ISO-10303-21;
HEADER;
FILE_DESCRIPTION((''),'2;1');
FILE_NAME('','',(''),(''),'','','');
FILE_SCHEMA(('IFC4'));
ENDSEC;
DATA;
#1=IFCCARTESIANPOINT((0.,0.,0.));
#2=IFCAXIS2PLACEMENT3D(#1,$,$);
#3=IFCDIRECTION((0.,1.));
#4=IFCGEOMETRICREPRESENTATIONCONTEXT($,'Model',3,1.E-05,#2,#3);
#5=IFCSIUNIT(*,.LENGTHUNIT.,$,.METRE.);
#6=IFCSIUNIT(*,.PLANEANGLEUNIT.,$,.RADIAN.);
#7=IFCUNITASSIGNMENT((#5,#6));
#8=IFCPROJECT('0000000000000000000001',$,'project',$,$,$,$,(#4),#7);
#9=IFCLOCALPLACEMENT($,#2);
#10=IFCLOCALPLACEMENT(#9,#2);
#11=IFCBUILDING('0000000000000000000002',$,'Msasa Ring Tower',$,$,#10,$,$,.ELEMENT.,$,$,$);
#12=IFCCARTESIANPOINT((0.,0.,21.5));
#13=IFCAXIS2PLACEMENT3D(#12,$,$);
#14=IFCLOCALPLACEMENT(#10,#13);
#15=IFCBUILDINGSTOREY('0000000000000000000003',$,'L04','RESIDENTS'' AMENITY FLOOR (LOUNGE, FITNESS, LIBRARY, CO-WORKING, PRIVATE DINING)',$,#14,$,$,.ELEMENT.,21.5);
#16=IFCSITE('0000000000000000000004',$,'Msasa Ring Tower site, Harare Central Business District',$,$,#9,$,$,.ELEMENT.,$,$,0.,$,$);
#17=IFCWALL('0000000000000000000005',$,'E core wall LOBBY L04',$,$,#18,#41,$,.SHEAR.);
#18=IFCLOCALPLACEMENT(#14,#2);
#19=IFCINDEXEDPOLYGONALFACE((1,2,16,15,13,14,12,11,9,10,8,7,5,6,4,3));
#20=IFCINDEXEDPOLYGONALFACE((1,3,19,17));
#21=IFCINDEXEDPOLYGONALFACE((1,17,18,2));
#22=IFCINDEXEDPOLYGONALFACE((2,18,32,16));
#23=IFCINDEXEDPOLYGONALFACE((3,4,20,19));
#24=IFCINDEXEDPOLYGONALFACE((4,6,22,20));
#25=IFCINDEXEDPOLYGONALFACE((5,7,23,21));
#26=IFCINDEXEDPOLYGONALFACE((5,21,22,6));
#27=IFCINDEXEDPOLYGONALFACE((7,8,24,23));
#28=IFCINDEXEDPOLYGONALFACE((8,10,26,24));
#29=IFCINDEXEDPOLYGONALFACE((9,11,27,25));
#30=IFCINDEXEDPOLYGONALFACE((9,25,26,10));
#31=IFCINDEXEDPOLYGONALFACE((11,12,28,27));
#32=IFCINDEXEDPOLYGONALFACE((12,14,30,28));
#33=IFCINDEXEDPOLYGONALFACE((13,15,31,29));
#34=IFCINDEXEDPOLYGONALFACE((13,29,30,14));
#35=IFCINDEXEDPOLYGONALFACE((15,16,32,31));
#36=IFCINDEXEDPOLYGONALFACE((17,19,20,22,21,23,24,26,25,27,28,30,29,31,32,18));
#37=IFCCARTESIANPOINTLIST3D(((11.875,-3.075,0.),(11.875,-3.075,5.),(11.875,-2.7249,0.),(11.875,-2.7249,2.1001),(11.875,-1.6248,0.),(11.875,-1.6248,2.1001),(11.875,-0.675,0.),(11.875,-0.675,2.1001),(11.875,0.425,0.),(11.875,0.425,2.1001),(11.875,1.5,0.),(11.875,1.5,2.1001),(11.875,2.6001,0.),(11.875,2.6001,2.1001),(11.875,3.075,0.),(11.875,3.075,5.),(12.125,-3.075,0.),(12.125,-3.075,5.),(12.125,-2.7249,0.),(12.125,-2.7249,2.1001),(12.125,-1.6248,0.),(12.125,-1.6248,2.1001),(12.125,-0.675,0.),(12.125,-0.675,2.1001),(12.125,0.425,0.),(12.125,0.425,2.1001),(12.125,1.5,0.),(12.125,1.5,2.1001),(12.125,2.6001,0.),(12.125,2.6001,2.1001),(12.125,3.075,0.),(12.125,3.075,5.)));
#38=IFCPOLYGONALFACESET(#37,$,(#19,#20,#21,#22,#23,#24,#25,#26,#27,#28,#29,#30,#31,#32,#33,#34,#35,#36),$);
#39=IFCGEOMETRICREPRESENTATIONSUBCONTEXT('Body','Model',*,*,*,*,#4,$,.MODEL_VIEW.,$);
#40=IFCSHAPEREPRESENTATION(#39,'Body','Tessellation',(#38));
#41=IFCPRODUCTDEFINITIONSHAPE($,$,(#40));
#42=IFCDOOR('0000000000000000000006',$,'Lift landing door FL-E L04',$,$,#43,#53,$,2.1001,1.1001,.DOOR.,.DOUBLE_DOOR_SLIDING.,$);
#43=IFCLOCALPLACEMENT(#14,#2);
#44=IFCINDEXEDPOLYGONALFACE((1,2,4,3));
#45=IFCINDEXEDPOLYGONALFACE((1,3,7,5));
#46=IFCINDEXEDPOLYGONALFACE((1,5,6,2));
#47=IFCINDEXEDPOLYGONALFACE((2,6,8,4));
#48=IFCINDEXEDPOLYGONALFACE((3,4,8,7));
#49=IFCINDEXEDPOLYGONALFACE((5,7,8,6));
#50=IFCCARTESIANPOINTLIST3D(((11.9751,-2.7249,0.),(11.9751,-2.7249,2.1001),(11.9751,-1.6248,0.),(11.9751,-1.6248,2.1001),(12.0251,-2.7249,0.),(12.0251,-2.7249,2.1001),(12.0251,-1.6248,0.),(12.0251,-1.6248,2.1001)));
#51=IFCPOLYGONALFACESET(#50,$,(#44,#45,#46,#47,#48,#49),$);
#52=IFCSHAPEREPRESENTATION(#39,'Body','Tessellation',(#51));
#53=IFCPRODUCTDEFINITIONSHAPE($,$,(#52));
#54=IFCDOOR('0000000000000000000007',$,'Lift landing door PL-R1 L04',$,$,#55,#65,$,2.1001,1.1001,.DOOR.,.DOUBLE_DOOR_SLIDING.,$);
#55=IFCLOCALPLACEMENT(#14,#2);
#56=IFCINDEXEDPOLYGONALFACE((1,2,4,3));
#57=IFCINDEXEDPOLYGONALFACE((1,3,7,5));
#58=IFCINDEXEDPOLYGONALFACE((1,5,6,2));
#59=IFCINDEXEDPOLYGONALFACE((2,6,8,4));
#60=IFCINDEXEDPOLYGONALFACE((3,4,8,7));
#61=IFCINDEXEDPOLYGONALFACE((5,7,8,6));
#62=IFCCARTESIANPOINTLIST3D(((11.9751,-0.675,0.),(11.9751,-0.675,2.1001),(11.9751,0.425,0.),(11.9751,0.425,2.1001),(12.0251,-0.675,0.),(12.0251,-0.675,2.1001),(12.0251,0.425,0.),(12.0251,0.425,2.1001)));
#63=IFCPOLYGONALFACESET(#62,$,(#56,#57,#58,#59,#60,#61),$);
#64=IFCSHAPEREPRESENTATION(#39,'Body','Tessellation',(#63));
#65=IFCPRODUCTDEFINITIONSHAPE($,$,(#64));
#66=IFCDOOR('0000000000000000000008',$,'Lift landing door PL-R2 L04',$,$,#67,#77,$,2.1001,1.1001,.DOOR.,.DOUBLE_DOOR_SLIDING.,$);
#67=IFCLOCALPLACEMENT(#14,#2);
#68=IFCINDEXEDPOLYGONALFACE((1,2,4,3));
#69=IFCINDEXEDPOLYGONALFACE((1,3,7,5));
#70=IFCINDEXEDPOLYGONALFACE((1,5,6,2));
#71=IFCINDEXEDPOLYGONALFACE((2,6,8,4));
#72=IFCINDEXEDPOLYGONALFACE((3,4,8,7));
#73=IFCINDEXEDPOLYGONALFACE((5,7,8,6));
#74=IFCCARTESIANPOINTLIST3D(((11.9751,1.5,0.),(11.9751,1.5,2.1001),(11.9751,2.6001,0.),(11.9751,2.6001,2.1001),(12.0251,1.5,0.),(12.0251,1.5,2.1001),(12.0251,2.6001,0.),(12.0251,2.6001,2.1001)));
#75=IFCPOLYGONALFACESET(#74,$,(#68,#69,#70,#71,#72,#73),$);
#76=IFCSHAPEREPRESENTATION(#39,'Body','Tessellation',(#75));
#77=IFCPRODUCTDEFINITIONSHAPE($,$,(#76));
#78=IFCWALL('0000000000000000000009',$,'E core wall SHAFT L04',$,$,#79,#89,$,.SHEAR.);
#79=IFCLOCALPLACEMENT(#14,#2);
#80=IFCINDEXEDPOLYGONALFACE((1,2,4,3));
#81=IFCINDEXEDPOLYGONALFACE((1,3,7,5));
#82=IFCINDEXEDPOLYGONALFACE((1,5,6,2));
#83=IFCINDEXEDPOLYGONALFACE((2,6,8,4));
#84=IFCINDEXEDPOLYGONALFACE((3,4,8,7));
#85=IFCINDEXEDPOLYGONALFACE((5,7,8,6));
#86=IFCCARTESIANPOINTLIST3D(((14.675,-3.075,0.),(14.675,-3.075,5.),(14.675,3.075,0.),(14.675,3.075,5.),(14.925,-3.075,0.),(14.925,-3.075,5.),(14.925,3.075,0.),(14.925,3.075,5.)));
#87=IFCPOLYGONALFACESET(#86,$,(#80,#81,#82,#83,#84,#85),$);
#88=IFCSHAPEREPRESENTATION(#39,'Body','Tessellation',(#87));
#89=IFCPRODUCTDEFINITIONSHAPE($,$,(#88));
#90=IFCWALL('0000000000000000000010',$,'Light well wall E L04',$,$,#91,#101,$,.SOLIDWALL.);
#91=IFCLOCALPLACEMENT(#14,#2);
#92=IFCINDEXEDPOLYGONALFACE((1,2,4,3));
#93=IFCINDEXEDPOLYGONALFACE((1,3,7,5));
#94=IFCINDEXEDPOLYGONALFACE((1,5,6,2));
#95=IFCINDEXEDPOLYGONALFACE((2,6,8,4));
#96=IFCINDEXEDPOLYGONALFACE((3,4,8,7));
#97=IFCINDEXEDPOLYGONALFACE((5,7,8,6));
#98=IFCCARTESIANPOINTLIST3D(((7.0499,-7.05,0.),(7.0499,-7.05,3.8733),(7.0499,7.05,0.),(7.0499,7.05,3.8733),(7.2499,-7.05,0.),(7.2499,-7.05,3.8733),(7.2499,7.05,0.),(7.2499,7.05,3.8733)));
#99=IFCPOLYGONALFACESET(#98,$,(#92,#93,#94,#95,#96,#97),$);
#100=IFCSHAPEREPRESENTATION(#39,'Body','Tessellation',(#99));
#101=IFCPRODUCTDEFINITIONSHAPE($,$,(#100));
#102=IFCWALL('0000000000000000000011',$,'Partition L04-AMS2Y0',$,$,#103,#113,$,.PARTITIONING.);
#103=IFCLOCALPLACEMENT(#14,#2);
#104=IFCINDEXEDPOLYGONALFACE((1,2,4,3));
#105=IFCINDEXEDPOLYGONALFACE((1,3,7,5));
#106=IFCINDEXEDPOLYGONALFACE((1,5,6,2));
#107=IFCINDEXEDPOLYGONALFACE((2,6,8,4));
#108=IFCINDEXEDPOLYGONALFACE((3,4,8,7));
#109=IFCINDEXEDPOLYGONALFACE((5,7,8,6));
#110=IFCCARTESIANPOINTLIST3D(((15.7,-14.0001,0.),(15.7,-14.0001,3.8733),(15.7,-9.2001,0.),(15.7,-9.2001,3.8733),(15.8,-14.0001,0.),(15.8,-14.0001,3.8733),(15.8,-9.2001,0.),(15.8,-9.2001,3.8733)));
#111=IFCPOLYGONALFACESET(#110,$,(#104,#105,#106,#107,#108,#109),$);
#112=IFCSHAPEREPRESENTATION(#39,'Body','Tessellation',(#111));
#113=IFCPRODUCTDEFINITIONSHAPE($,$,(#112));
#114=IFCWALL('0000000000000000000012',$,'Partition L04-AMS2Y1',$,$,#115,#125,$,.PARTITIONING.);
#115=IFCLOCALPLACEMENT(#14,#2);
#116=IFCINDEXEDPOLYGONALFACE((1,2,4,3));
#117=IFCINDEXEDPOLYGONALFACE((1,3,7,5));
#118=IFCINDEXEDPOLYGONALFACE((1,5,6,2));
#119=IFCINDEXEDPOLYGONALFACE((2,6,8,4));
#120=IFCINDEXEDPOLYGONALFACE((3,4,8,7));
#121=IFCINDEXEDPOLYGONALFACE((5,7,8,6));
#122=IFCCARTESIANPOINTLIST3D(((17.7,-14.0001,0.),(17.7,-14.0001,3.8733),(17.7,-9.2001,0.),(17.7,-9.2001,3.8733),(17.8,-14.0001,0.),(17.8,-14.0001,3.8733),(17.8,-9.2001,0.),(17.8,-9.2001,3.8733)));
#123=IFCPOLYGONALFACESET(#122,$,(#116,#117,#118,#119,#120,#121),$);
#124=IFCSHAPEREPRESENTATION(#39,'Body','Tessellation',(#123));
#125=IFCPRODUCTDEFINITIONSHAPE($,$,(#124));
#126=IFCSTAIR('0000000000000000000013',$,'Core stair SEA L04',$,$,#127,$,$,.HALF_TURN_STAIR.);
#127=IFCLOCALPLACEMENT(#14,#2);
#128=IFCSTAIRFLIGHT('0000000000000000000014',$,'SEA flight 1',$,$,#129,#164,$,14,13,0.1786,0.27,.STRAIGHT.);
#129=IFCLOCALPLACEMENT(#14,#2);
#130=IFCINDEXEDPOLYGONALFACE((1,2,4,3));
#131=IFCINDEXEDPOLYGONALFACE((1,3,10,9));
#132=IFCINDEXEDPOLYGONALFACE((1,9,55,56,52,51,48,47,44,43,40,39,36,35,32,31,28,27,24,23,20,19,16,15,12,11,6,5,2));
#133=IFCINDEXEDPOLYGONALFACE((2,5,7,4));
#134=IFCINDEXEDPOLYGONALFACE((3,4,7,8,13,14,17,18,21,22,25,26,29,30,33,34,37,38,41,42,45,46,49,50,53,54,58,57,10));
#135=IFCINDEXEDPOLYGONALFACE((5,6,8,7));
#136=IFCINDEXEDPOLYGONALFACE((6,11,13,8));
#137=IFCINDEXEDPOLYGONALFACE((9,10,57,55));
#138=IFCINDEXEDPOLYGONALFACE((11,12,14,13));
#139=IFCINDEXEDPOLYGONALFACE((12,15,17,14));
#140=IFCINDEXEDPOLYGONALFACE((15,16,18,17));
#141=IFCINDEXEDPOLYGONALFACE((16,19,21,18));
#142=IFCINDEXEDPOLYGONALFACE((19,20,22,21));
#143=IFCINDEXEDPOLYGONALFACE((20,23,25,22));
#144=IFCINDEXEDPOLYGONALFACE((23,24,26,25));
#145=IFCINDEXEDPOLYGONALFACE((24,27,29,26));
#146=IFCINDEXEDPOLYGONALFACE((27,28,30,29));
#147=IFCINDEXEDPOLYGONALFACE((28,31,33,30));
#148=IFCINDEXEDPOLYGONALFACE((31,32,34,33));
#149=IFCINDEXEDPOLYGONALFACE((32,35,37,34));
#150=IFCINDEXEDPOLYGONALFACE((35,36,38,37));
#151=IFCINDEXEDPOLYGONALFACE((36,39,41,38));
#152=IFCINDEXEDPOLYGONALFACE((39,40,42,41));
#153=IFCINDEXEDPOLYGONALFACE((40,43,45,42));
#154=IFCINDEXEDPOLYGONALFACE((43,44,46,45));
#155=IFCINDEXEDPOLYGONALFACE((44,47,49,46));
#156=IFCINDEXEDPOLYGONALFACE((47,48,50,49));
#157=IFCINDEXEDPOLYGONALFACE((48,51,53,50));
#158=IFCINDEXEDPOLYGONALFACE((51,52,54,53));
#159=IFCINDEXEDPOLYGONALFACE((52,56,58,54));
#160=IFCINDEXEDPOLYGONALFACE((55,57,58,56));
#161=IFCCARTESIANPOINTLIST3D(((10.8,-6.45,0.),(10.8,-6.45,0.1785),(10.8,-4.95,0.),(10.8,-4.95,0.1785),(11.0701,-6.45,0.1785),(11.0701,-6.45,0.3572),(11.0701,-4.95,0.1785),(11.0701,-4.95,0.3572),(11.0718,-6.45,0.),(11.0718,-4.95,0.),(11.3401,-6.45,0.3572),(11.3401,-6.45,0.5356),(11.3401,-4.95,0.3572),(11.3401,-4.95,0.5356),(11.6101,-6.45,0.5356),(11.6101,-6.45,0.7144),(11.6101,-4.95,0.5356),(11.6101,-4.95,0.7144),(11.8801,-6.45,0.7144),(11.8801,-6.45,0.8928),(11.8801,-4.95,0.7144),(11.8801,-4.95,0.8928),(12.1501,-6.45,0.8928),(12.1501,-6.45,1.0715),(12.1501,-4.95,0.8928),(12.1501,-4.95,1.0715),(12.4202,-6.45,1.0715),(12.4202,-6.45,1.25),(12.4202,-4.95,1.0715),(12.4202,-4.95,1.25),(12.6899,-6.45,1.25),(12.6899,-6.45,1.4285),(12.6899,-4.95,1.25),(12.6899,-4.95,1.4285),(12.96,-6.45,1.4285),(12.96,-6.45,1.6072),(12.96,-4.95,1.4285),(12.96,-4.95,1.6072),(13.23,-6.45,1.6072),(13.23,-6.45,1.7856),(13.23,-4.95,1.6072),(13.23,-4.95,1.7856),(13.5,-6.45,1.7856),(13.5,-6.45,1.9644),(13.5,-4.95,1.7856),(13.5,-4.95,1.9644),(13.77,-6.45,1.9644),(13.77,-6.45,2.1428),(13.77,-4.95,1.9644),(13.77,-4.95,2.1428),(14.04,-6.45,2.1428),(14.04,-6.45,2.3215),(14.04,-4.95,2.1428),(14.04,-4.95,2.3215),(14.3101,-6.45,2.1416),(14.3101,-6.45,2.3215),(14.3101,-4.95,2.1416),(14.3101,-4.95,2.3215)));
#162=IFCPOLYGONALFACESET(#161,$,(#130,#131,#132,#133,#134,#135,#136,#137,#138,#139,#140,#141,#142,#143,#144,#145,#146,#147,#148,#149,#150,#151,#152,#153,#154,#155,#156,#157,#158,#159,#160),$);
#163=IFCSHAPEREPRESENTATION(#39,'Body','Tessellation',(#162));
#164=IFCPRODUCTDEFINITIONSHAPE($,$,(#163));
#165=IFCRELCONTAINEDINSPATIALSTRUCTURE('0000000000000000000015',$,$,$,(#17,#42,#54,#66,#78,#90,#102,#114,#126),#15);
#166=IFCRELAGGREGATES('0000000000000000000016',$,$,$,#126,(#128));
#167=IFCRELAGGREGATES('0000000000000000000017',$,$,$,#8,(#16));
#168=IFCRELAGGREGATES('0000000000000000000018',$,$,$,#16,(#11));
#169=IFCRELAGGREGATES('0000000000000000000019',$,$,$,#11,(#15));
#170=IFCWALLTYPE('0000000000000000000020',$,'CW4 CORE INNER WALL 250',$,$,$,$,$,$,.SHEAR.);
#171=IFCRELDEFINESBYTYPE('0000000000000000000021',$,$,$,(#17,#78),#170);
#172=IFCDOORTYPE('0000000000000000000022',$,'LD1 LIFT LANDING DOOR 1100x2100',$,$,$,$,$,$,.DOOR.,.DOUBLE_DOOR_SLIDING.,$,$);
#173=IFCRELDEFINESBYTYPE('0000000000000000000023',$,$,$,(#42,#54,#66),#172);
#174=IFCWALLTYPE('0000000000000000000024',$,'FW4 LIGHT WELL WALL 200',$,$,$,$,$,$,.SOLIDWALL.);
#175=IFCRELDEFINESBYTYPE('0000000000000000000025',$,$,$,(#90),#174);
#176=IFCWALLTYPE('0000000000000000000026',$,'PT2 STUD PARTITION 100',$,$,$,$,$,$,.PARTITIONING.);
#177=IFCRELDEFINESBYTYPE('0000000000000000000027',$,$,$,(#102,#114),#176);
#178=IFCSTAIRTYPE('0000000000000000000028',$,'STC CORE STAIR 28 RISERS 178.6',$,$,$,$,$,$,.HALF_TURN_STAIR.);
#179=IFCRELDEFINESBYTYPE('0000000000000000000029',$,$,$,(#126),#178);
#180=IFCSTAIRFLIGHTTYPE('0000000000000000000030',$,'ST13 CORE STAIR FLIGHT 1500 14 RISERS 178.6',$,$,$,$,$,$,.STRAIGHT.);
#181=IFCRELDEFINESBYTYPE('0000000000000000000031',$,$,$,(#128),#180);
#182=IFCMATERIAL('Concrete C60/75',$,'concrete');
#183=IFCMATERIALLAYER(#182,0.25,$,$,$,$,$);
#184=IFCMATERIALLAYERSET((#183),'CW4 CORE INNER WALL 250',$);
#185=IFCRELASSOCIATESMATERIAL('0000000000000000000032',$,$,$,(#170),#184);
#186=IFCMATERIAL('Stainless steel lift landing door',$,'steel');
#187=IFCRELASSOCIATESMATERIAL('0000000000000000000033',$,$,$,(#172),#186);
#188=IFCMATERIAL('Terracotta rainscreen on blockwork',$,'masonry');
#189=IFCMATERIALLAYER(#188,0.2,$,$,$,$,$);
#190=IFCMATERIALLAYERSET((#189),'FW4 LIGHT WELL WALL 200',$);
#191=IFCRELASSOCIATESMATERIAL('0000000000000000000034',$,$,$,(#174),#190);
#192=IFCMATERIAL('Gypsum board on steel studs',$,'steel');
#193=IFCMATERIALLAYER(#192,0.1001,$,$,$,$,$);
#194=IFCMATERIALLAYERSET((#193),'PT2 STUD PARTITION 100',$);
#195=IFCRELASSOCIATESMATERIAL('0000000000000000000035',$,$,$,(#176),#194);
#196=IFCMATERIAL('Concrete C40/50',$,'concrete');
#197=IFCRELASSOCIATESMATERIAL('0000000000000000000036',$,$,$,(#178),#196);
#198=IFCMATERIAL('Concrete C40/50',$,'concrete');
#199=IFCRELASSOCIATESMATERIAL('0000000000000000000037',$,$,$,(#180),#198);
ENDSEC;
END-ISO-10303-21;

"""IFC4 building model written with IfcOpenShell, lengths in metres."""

from ifc_helpers import new_model, si_unit, direction, frame, frame_2d, origin, place, context, subcontext, project, spatial, polyline, rectangle, outline, extrude, material, layer, layer_set, type_object, element, fill, aggregate, save


model = new_model("IFC4")

# Units and contexts
model_context = context("Model", 3, precision=1e-05, world=origin(), true_north=direction((0.0, 1.0)))
body_context = subcontext(model_context, "Body", "Model", "MODEL_VIEW")
ifc_project = project(units=[si_unit("LENGTHUNIT", "METRE"), si_unit("PLANEANGLEUNIT", "RADIAN")], contexts=[model_context])

# Site, building, storey
site_placement = place(None, origin())
site = spatial("IfcSite", under=ifc_project, at=site_placement, Name="Msasa Ring Tower site, Harare Central Business District", CompositionType="ELEMENT", RefElevation=0.0)
building_placement = place(site_placement, origin())
building = spatial("IfcBuilding", under=site, at=building_placement, Name="Msasa Ring Tower", CompositionType="ELEMENT")
storey_placement = place(building_placement, frame((0.0, 0.0, 21.5)))
storey = spatial("IfcBuildingStorey", under=building, at=storey_placement, Name="L04", Description="RESIDENTS' AMENITY FLOOR (LOUNGE, FITNESS, LIBRARY, CO-WORKING, PRIVATE DINING)", CompositionType="ELEMENT", Elevation=21.5)

# Shared definitions
ifc_material_1 = material(Name="Concrete C60/75", Category="concrete")
ifc_layer_1 = layer(ifc_material_1, 0.25)
ifc_layer_set_1 = layer_set([ifc_layer_1], Name="CW4 CORE INNER WALL 250")
wall_type_1 = type_object("IfcWallType", Name="CW4 CORE INNER WALL 250", PredefinedType="SHEAR", material=ifc_layer_set_1)

# Wall, openings, doors
wall_1_placement = place(storey_placement, frame((12.0, -3.075, 0.0), z_axis=(0.0, 0.0, 1.0), x_axis=(0.0, 1.0, 0.0)))
wall_1 = element("IfcWall", 1, at=wall_1_placement, inside=storey, type_object=wall_type_1, Name="E core wall LOBBY L04", PredefinedType="SHEAR", context=body_context, shape_type="SweptSolid", body=[
    extrude(rectangle(XDim=6.1499, YDim=0.25, at=frame_2d((3.075, 0.0))), origin(), (0.0, 0.0, 1.0), 5.0),
])
opening_1_placement = place(wall_1_placement, frame((0.3501, 0.0, 0.0)))
opening_1 = element("IfcOpeningElement", 2, at=opening_1_placement, cuts=wall_1, PredefinedType="OPENING", context=body_context, shape_type="SweptSolid", body=[
    extrude(rectangle(XDim=1.1001, YDim=2.1001, at=frame_2d((0.55, 1.05))), frame((0.0, 0.135, 0.0), z_axis=(0.0, -1.0, 0.0), x_axis=(1.0, 0.0, 0.0)), (0.0, 0.0, 1.0), 0.27),
])
opening_2_placement = place(wall_1_placement, frame((2.3999, 0.0, 0.0)))
opening_2 = element("IfcOpeningElement", 3, at=opening_2_placement, cuts=wall_1, PredefinedType="OPENING", context=body_context, shape_type="SweptSolid", body=[
    extrude(rectangle(XDim=1.1001, YDim=2.1001, at=frame_2d((0.55, 1.05))), frame((0.0, 0.135, 0.0), z_axis=(0.0, -1.0, 0.0), x_axis=(1.0, 0.0, 0.0)), (0.0, 0.0, 1.0), 0.27),
])
opening_3_placement = place(wall_1_placement, frame((4.575, 0.0, 0.0)))
opening_3 = element("IfcOpeningElement", 4, at=opening_3_placement, cuts=wall_1, PredefinedType="OPENING", context=body_context, shape_type="SweptSolid", body=[
    extrude(rectangle(XDim=1.1001, YDim=2.1001, at=frame_2d((0.55, 1.05))), frame((0.0, 0.135, 0.0), z_axis=(0.0, -1.0, 0.0), x_axis=(1.0, 0.0, 0.0)), (0.0, 0.0, 1.0), 0.27),
])
ifc_material_2 = material(Name="Stainless steel lift landing door", Category="steel")
door_type_1 = type_object("IfcDoorType", Name="LD1 LIFT LANDING DOOR 1100x2100", OperationType="DOUBLE_DOOR_SLIDING", PredefinedType="DOOR", material=ifc_material_2)
door_1_placement = place(opening_1_placement, origin())
door_1 = element("IfcDoor", 5, at=door_1_placement, inside=storey, type_object=door_type_1, Name="Lift landing door FL-E L04", OperationType="DOUBLE_DOOR_SLIDING", OverallHeight=2.1001, OverallWidth=1.1001, PredefinedType="DOOR", context=body_context, shape_type="SweptSolid", body=[
    extrude(rectangle(XDim=1.1001, YDim=2.1001, at=frame_2d((0.55, 1.05))), frame((0.0, 0.0249, 0.0), z_axis=(0.0, -1.0, 0.0), x_axis=(1.0, 0.0, 0.0)), (0.0, 0.0, 1.0), 0.05),
])
fill(opening_1, door_1)
door_2_placement = place(opening_2_placement, origin())
door_2 = element("IfcDoor", 6, at=door_2_placement, inside=storey, type_object=door_type_1, Name="Lift landing door PL-R1 L04", OperationType="DOUBLE_DOOR_SLIDING", OverallHeight=2.1001, OverallWidth=1.1001, PredefinedType="DOOR", context=body_context, shape_type="SweptSolid", body=[
    extrude(rectangle(XDim=1.1001, YDim=2.1001, at=frame_2d((0.55, 1.05))), frame((0.0, 0.0249, 0.0), z_axis=(0.0, -1.0, 0.0), x_axis=(1.0, 0.0, 0.0)), (0.0, 0.0, 1.0), 0.05),
])
fill(opening_2, door_2)
door_3_placement = place(opening_3_placement, origin())
door_3 = element("IfcDoor", 7, at=door_3_placement, inside=storey, type_object=door_type_1, Name="Lift landing door PL-R2 L04", OperationType="DOUBLE_DOOR_SLIDING", OverallHeight=2.1001, OverallWidth=1.1001, PredefinedType="DOOR", context=body_context, shape_type="SweptSolid", body=[
    extrude(rectangle(XDim=1.1001, YDim=2.1001, at=frame_2d((0.55, 1.05))), frame((0.0, 0.0249, 0.0), z_axis=(0.0, -1.0, 0.0), x_axis=(1.0, 0.0, 0.0)), (0.0, 0.0, 1.0), 0.05),
])
fill(opening_3, door_3)

# Walls
wall_2_placement = place(storey_placement, frame((14.8, -3.075, 0.0), z_axis=(0.0, 0.0, 1.0), x_axis=(0.0, 1.0, 0.0)))
element("IfcWall", 8, at=wall_2_placement, inside=storey, type_object=wall_type_1, Name="E core wall SHAFT L04", PredefinedType="SHEAR", context=body_context, shape_type="SweptSolid", body=[
    extrude(rectangle(XDim=6.1499, YDim=0.25, at=frame_2d((3.075, 0.0))), origin(), (0.0, 0.0, 1.0), 5.0),
])
ifc_material_3 = material(Name="Terracotta rainscreen on blockwork", Category="masonry")
ifc_layer_2 = layer(ifc_material_3, 0.2)
ifc_layer_set_2 = layer_set([ifc_layer_2], Name="FW4 LIGHT WELL WALL 200")
wall_type_2 = type_object("IfcWallType", Name="FW4 LIGHT WELL WALL 200", PredefinedType="SOLIDWALL", material=ifc_layer_set_2)
wall_3_placement = place(storey_placement, frame((7.1499, -7.05, 0.0), z_axis=(0.0, 0.0, 1.0), x_axis=(0.0, 1.0, 0.0)))
element("IfcWall", 9, at=wall_3_placement, inside=storey, type_object=wall_type_2, Name="Light well wall E L04", PredefinedType="SOLIDWALL", context=body_context, shape_type="SweptSolid", body=[
    extrude(rectangle(XDim=14.1001, YDim=0.2, at=frame_2d((7.05, 0.0))), origin(), (0.0, 0.0, 1.0), 3.8733),
])
ifc_material_4 = material(Name="Gypsum board on steel studs", Category="steel")
ifc_layer_3 = layer(ifc_material_4, 0.1001)
ifc_layer_set_3 = layer_set([ifc_layer_3], Name="PT2 STUD PARTITION 100")
wall_type_3 = type_object("IfcWallType", Name="PT2 STUD PARTITION 100", PredefinedType="PARTITIONING", material=ifc_layer_set_3)
for number, where, z_axis, x_axis, name in (
    (10, (15.75, -14.0, 0.0), (0.0, 0.0, 1.0), (0.0, 1.0, 0.0), "Partition L04-AMS2Y0"),
    (11, (17.75, -14.0, 0.0), (0.0, 0.0, 1.0), (0.0, 1.0, 0.0), "Partition L04-AMS2Y1"),
):
    element("IfcWall", number, at=place(storey_placement, frame(where, z_axis=z_axis, x_axis=x_axis)), inside=storey, type_object=wall_type_3, Name=name, PredefinedType="PARTITIONING", context=body_context, shape_type="SweptSolid", body=[
        extrude(rectangle(XDim=4.8, YDim=0.1001, at=frame_2d((2.3999, 0.0))), origin(), (0.0, 0.0, 1.0), 3.8733),
    ])

# Stair, stair flight
ifc_material_5 = material(Name="Concrete C40/50", Category="concrete")
stair_type = type_object("IfcStairType", Name="STC CORE STAIR 28 RISERS 178.6", PredefinedType="HALF_TURN_STAIR", material=ifc_material_5)
stair_placement = place(storey_placement, origin())
stair = element("IfcStair", 12, at=stair_placement, inside=storey, type_object=stair_type, Name="Core stair SEA L04", PredefinedType="HALF_TURN_STAIR")
ifc_material_6 = material(Name="Concrete C40/50", Category="concrete")
stair_flight_type = type_object("IfcStairFlightType", Name="ST13 CORE STAIR FLIGHT 1500 14 RISERS 178.6", PredefinedType="STRAIGHT", material=ifc_material_6)
stair_flight_1_placement = place(storey_placement, frame((10.8, -5.7, 0.0), z_axis=(0.0, 0.0, 1.0), x_axis=(1.0, 0.0, 0.0)))
stair_flight_1 = element("IfcStairFlight", 13, at=stair_flight_1_placement, type_object=stair_flight_type, Name="SEA flight 1", NumberOfRisers=14, NumberOfTreads=13, PredefinedType="STRAIGHT", RiserHeight=0.1786, TreadLength=0.27, context=body_context, shape_type="SweptSolid", body=[
    extrude(outline(polyline([(0.0, 0.0), (0.0, 0.1785), (0.27, 0.1785), (0.27, 0.3572), (0.54, 0.3572), (0.54, 0.5356), (0.8101, 0.5356), (0.8101, 0.7144), (1.0801, 0.7144), (1.0801, 0.8928), (1.3501, 0.8928), (1.3501, 1.0715), (1.6201, 1.0715), (1.6201, 1.25), (1.8899, 1.25), (1.8899, 1.4285), (2.1599, 1.4285), (2.1599, 1.6072), (2.4299, 1.6072), (2.4299, 1.7856), (2.7, 1.7856), (2.7, 1.9644), (2.97, 1.9644), (2.97, 2.1428), (3.24, 2.1428), (3.24, 2.3215), (3.51, 2.3215), (3.51, 2.5), (3.51, 2.1416), (0.2717, 0.0), (0.0, 0.0)])), frame((0.0, 0.75, 0.0), z_axis=(0.0, -1.0, 0.0), x_axis=(1.0, 0.0, 0.0)), (0.0, 0.0, 1.0), 1.5),
])
aggregate(stair, [stair_flight_1])

save(model, "model.ifc")
